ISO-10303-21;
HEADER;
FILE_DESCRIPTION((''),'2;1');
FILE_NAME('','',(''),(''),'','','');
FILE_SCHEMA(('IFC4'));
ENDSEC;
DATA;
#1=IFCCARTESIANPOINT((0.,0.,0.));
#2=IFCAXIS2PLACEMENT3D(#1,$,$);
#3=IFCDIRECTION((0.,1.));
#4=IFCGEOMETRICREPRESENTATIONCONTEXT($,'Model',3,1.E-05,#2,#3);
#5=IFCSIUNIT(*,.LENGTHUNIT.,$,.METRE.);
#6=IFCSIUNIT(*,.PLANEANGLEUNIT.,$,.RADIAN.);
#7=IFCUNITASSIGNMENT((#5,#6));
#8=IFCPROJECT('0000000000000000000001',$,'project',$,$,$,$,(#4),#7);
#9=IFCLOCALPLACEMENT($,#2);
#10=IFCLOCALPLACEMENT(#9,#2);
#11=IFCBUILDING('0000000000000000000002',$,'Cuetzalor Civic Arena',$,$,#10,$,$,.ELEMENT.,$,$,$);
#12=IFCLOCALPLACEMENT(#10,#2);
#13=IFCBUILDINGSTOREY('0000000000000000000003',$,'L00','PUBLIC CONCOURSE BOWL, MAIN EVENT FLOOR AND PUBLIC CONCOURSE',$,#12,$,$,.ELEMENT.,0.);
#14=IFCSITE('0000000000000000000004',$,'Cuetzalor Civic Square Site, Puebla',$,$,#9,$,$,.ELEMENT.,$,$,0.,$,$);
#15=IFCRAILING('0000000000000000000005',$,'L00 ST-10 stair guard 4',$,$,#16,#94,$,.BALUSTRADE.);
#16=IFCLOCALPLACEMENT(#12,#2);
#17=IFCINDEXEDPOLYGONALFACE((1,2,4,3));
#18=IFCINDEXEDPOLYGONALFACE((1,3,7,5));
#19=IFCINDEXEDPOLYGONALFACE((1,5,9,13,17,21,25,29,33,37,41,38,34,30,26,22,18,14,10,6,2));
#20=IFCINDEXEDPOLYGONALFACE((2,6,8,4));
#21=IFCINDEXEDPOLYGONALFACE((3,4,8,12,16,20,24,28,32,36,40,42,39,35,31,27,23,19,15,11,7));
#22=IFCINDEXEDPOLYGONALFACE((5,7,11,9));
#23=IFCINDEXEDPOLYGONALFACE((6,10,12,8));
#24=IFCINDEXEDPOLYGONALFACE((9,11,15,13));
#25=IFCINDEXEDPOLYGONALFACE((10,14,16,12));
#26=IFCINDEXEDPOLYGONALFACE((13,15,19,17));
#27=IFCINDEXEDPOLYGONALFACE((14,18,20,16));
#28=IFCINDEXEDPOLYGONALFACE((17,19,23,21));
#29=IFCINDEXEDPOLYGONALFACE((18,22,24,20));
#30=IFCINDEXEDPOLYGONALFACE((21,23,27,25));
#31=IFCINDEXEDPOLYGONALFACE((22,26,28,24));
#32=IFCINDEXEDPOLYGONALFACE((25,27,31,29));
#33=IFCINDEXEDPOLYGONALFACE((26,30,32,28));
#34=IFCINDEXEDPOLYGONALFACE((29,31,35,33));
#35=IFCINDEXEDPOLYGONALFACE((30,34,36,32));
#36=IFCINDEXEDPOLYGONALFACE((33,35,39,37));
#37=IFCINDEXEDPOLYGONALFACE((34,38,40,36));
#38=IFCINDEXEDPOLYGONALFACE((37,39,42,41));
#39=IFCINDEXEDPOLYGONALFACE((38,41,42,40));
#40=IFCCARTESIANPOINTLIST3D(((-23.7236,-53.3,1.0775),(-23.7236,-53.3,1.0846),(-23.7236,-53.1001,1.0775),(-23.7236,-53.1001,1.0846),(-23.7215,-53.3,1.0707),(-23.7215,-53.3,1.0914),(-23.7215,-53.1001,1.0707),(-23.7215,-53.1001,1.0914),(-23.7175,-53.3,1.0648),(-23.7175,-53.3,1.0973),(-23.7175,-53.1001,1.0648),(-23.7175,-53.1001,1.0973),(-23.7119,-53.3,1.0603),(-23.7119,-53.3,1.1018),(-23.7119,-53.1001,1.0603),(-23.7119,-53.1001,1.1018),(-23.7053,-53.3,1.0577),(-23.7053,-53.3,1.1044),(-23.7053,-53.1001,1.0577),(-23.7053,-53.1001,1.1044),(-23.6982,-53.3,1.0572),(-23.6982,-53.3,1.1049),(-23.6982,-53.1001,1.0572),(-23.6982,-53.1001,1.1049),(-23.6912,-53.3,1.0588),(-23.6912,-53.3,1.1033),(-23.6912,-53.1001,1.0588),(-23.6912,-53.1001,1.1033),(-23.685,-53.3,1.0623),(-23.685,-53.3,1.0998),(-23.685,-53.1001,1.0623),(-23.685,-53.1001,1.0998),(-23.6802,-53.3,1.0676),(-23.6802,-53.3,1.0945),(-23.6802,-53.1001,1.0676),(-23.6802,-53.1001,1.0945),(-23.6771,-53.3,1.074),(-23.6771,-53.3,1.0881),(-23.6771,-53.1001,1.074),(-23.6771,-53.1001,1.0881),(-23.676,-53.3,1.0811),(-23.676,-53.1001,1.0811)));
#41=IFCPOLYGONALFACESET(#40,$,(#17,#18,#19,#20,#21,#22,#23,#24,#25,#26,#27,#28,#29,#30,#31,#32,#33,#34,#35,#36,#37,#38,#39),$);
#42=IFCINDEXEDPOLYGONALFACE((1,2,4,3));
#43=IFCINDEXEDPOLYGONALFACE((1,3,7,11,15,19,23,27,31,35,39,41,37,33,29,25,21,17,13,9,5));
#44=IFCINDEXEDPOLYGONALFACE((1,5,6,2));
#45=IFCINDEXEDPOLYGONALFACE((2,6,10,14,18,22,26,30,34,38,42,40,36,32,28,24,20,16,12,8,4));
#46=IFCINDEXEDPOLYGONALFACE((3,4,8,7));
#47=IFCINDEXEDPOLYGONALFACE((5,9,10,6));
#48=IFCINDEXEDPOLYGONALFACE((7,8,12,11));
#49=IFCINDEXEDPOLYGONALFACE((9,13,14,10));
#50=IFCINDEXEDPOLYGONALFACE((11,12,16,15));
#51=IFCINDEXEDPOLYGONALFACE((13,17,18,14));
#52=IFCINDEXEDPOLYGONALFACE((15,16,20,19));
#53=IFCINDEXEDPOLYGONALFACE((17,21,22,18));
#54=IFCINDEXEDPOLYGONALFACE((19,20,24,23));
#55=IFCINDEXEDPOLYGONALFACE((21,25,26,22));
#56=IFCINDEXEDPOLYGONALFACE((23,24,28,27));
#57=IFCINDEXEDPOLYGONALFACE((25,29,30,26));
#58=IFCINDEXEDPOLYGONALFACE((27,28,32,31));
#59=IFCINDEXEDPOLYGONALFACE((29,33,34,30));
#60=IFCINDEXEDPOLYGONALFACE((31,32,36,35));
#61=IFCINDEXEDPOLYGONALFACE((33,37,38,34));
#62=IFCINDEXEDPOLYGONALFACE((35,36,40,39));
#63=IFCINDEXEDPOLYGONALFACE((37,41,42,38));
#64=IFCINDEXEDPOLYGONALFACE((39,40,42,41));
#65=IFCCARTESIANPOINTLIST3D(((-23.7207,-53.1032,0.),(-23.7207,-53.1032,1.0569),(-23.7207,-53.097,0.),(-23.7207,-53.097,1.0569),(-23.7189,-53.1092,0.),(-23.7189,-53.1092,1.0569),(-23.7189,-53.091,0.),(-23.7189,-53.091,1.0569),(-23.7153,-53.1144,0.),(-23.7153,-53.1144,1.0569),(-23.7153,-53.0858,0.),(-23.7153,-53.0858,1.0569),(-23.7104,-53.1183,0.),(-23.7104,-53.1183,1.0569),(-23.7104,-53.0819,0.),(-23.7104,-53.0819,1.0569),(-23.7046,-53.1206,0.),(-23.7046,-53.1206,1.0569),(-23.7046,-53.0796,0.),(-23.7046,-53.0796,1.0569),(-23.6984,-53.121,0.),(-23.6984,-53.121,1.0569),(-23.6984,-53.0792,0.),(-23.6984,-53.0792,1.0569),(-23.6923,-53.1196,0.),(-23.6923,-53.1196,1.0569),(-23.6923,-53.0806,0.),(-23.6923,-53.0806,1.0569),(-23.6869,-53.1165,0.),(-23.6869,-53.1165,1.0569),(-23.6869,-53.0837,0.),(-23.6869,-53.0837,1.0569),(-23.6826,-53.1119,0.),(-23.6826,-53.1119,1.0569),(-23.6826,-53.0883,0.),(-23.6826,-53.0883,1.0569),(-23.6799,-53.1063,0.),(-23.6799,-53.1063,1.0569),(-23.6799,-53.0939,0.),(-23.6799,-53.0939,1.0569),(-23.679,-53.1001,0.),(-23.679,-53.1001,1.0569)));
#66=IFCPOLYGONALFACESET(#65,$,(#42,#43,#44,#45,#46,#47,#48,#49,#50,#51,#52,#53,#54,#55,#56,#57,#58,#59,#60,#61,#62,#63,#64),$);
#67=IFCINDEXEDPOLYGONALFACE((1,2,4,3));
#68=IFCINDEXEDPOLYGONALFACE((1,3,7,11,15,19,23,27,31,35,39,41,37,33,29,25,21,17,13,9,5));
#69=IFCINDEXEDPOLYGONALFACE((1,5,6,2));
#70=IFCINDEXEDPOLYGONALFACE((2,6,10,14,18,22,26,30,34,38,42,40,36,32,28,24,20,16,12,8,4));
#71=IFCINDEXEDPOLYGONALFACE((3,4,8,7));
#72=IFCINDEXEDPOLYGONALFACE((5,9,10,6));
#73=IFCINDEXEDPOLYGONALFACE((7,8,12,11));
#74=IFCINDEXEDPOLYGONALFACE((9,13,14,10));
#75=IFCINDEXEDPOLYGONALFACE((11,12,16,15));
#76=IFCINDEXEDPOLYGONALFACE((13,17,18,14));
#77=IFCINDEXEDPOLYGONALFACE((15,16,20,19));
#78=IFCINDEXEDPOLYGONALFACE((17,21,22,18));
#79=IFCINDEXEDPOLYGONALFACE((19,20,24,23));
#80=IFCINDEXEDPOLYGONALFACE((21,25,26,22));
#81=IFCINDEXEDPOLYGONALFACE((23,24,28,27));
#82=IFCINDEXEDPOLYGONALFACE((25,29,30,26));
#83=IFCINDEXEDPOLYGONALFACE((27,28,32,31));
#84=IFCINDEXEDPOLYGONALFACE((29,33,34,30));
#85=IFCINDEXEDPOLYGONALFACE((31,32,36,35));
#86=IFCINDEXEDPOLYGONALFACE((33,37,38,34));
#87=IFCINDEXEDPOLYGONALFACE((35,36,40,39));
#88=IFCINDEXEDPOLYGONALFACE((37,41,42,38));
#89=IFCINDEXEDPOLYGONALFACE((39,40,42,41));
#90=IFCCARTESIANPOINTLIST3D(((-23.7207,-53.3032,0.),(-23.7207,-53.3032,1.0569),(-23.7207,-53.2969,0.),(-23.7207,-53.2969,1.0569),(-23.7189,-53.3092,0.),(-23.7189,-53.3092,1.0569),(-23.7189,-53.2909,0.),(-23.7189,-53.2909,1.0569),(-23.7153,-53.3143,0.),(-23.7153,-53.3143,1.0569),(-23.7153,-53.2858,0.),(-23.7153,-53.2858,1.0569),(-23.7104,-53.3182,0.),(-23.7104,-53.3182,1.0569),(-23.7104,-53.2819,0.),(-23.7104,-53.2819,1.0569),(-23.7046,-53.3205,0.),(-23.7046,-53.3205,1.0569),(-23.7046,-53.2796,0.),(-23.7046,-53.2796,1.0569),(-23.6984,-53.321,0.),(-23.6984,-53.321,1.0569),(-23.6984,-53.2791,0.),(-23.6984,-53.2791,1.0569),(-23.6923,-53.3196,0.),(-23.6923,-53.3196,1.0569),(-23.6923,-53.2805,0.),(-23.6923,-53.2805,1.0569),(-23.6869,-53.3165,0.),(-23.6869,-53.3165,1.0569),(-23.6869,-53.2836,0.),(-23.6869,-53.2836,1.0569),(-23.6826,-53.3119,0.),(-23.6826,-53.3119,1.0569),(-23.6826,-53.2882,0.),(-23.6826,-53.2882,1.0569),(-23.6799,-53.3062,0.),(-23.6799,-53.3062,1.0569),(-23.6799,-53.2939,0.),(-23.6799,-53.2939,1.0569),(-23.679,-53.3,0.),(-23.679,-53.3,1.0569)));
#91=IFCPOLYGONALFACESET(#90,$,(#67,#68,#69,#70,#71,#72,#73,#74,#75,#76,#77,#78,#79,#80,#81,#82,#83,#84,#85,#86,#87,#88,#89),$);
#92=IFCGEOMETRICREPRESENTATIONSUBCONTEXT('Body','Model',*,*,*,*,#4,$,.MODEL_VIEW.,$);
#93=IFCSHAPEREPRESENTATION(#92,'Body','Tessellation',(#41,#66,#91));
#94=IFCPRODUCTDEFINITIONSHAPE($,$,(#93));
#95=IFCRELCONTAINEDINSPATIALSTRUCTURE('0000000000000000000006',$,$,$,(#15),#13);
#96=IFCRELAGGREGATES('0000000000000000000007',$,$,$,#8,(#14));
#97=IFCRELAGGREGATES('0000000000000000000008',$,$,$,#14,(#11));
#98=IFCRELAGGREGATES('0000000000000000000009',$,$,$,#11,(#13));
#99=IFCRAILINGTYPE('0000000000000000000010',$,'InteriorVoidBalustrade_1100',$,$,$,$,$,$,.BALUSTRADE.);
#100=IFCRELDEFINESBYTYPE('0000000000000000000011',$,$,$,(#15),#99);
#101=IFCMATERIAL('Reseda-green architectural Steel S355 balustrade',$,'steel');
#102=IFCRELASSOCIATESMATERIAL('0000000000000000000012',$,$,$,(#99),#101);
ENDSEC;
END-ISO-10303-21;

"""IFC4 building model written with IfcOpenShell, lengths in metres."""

from ifc_helpers import new_model, si_unit, direction, frame, origin, origin_2d, place, context, subcontext, project, spatial, circle, extrude, material, type_object, element, save


model = new_model("IFC4")

# Units and contexts
model_context = context("Model", 3, precision=1e-05, world=origin(), true_north=direction((0.0, 1.0)))
body_context = subcontext(model_context, "Body", "Model", "MODEL_VIEW")
ifc_project = project(units=[si_unit("LENGTHUNIT", "METRE"), si_unit("PLANEANGLEUNIT", "RADIAN")], contexts=[model_context])

# Site, building, storey
site_placement = place(None, origin())
site = spatial("IfcSite", under=ifc_project, at=site_placement, Name="Cuetzalor Civic Square Site, Puebla", CompositionType="ELEMENT", RefElevation=0.0)
building_placement = place(site_placement, origin())
building = spatial("IfcBuilding", under=site, at=building_placement, Name="Cuetzalor Civic Arena", CompositionType="ELEMENT")
storey_placement = place(building_placement, origin())
storey = spatial("IfcBuildingStorey", under=building, at=storey_placement, Name="L00", Description="PUBLIC CONCOURSE BOWL, MAIN EVENT FLOOR AND PUBLIC CONCOURSE", CompositionType="ELEMENT", Elevation=0.0)

# Railing
ifc_material_1 = material(Name="Reseda-green architectural Steel S355 balustrade", Category="steel")
railing_type_1 = type_object("IfcRailingType", Name="InteriorVoidBalustrade_1100", PredefinedType="BALUSTRADE", material=ifc_material_1)
railing_1_placement = place(storey_placement, frame((-23.7, -53.1001, 0.0)))
element("IfcRailing", 1, at=railing_1_placement, inside=storey, type_object=railing_type_1, Name="L00 ST-10 stair guard 4", PredefinedType="BALUSTRADE", context=body_context, shape_type="SweptSolid", body=[
    extrude(circle(Radius=0.0239, at=origin_2d()), frame((0.0, 0.0, 1.0811), z_axis=(0.0, -1.0, 0.0), x_axis=(1.0, 0.0, 0.0)), (0.0, 0.0, 1.0), 0.2),
    extrude(circle(Radius=0.021, at=origin_2d()), origin(), (0.0, 0.0, 1.0), 1.0569),
    extrude(circle(Radius=0.021, at=origin_2d()), frame((0.0, -0.2, 0.0)), (0.0, 0.0, 1.0), 1.0569),
])

save(model, "model.ifc")
